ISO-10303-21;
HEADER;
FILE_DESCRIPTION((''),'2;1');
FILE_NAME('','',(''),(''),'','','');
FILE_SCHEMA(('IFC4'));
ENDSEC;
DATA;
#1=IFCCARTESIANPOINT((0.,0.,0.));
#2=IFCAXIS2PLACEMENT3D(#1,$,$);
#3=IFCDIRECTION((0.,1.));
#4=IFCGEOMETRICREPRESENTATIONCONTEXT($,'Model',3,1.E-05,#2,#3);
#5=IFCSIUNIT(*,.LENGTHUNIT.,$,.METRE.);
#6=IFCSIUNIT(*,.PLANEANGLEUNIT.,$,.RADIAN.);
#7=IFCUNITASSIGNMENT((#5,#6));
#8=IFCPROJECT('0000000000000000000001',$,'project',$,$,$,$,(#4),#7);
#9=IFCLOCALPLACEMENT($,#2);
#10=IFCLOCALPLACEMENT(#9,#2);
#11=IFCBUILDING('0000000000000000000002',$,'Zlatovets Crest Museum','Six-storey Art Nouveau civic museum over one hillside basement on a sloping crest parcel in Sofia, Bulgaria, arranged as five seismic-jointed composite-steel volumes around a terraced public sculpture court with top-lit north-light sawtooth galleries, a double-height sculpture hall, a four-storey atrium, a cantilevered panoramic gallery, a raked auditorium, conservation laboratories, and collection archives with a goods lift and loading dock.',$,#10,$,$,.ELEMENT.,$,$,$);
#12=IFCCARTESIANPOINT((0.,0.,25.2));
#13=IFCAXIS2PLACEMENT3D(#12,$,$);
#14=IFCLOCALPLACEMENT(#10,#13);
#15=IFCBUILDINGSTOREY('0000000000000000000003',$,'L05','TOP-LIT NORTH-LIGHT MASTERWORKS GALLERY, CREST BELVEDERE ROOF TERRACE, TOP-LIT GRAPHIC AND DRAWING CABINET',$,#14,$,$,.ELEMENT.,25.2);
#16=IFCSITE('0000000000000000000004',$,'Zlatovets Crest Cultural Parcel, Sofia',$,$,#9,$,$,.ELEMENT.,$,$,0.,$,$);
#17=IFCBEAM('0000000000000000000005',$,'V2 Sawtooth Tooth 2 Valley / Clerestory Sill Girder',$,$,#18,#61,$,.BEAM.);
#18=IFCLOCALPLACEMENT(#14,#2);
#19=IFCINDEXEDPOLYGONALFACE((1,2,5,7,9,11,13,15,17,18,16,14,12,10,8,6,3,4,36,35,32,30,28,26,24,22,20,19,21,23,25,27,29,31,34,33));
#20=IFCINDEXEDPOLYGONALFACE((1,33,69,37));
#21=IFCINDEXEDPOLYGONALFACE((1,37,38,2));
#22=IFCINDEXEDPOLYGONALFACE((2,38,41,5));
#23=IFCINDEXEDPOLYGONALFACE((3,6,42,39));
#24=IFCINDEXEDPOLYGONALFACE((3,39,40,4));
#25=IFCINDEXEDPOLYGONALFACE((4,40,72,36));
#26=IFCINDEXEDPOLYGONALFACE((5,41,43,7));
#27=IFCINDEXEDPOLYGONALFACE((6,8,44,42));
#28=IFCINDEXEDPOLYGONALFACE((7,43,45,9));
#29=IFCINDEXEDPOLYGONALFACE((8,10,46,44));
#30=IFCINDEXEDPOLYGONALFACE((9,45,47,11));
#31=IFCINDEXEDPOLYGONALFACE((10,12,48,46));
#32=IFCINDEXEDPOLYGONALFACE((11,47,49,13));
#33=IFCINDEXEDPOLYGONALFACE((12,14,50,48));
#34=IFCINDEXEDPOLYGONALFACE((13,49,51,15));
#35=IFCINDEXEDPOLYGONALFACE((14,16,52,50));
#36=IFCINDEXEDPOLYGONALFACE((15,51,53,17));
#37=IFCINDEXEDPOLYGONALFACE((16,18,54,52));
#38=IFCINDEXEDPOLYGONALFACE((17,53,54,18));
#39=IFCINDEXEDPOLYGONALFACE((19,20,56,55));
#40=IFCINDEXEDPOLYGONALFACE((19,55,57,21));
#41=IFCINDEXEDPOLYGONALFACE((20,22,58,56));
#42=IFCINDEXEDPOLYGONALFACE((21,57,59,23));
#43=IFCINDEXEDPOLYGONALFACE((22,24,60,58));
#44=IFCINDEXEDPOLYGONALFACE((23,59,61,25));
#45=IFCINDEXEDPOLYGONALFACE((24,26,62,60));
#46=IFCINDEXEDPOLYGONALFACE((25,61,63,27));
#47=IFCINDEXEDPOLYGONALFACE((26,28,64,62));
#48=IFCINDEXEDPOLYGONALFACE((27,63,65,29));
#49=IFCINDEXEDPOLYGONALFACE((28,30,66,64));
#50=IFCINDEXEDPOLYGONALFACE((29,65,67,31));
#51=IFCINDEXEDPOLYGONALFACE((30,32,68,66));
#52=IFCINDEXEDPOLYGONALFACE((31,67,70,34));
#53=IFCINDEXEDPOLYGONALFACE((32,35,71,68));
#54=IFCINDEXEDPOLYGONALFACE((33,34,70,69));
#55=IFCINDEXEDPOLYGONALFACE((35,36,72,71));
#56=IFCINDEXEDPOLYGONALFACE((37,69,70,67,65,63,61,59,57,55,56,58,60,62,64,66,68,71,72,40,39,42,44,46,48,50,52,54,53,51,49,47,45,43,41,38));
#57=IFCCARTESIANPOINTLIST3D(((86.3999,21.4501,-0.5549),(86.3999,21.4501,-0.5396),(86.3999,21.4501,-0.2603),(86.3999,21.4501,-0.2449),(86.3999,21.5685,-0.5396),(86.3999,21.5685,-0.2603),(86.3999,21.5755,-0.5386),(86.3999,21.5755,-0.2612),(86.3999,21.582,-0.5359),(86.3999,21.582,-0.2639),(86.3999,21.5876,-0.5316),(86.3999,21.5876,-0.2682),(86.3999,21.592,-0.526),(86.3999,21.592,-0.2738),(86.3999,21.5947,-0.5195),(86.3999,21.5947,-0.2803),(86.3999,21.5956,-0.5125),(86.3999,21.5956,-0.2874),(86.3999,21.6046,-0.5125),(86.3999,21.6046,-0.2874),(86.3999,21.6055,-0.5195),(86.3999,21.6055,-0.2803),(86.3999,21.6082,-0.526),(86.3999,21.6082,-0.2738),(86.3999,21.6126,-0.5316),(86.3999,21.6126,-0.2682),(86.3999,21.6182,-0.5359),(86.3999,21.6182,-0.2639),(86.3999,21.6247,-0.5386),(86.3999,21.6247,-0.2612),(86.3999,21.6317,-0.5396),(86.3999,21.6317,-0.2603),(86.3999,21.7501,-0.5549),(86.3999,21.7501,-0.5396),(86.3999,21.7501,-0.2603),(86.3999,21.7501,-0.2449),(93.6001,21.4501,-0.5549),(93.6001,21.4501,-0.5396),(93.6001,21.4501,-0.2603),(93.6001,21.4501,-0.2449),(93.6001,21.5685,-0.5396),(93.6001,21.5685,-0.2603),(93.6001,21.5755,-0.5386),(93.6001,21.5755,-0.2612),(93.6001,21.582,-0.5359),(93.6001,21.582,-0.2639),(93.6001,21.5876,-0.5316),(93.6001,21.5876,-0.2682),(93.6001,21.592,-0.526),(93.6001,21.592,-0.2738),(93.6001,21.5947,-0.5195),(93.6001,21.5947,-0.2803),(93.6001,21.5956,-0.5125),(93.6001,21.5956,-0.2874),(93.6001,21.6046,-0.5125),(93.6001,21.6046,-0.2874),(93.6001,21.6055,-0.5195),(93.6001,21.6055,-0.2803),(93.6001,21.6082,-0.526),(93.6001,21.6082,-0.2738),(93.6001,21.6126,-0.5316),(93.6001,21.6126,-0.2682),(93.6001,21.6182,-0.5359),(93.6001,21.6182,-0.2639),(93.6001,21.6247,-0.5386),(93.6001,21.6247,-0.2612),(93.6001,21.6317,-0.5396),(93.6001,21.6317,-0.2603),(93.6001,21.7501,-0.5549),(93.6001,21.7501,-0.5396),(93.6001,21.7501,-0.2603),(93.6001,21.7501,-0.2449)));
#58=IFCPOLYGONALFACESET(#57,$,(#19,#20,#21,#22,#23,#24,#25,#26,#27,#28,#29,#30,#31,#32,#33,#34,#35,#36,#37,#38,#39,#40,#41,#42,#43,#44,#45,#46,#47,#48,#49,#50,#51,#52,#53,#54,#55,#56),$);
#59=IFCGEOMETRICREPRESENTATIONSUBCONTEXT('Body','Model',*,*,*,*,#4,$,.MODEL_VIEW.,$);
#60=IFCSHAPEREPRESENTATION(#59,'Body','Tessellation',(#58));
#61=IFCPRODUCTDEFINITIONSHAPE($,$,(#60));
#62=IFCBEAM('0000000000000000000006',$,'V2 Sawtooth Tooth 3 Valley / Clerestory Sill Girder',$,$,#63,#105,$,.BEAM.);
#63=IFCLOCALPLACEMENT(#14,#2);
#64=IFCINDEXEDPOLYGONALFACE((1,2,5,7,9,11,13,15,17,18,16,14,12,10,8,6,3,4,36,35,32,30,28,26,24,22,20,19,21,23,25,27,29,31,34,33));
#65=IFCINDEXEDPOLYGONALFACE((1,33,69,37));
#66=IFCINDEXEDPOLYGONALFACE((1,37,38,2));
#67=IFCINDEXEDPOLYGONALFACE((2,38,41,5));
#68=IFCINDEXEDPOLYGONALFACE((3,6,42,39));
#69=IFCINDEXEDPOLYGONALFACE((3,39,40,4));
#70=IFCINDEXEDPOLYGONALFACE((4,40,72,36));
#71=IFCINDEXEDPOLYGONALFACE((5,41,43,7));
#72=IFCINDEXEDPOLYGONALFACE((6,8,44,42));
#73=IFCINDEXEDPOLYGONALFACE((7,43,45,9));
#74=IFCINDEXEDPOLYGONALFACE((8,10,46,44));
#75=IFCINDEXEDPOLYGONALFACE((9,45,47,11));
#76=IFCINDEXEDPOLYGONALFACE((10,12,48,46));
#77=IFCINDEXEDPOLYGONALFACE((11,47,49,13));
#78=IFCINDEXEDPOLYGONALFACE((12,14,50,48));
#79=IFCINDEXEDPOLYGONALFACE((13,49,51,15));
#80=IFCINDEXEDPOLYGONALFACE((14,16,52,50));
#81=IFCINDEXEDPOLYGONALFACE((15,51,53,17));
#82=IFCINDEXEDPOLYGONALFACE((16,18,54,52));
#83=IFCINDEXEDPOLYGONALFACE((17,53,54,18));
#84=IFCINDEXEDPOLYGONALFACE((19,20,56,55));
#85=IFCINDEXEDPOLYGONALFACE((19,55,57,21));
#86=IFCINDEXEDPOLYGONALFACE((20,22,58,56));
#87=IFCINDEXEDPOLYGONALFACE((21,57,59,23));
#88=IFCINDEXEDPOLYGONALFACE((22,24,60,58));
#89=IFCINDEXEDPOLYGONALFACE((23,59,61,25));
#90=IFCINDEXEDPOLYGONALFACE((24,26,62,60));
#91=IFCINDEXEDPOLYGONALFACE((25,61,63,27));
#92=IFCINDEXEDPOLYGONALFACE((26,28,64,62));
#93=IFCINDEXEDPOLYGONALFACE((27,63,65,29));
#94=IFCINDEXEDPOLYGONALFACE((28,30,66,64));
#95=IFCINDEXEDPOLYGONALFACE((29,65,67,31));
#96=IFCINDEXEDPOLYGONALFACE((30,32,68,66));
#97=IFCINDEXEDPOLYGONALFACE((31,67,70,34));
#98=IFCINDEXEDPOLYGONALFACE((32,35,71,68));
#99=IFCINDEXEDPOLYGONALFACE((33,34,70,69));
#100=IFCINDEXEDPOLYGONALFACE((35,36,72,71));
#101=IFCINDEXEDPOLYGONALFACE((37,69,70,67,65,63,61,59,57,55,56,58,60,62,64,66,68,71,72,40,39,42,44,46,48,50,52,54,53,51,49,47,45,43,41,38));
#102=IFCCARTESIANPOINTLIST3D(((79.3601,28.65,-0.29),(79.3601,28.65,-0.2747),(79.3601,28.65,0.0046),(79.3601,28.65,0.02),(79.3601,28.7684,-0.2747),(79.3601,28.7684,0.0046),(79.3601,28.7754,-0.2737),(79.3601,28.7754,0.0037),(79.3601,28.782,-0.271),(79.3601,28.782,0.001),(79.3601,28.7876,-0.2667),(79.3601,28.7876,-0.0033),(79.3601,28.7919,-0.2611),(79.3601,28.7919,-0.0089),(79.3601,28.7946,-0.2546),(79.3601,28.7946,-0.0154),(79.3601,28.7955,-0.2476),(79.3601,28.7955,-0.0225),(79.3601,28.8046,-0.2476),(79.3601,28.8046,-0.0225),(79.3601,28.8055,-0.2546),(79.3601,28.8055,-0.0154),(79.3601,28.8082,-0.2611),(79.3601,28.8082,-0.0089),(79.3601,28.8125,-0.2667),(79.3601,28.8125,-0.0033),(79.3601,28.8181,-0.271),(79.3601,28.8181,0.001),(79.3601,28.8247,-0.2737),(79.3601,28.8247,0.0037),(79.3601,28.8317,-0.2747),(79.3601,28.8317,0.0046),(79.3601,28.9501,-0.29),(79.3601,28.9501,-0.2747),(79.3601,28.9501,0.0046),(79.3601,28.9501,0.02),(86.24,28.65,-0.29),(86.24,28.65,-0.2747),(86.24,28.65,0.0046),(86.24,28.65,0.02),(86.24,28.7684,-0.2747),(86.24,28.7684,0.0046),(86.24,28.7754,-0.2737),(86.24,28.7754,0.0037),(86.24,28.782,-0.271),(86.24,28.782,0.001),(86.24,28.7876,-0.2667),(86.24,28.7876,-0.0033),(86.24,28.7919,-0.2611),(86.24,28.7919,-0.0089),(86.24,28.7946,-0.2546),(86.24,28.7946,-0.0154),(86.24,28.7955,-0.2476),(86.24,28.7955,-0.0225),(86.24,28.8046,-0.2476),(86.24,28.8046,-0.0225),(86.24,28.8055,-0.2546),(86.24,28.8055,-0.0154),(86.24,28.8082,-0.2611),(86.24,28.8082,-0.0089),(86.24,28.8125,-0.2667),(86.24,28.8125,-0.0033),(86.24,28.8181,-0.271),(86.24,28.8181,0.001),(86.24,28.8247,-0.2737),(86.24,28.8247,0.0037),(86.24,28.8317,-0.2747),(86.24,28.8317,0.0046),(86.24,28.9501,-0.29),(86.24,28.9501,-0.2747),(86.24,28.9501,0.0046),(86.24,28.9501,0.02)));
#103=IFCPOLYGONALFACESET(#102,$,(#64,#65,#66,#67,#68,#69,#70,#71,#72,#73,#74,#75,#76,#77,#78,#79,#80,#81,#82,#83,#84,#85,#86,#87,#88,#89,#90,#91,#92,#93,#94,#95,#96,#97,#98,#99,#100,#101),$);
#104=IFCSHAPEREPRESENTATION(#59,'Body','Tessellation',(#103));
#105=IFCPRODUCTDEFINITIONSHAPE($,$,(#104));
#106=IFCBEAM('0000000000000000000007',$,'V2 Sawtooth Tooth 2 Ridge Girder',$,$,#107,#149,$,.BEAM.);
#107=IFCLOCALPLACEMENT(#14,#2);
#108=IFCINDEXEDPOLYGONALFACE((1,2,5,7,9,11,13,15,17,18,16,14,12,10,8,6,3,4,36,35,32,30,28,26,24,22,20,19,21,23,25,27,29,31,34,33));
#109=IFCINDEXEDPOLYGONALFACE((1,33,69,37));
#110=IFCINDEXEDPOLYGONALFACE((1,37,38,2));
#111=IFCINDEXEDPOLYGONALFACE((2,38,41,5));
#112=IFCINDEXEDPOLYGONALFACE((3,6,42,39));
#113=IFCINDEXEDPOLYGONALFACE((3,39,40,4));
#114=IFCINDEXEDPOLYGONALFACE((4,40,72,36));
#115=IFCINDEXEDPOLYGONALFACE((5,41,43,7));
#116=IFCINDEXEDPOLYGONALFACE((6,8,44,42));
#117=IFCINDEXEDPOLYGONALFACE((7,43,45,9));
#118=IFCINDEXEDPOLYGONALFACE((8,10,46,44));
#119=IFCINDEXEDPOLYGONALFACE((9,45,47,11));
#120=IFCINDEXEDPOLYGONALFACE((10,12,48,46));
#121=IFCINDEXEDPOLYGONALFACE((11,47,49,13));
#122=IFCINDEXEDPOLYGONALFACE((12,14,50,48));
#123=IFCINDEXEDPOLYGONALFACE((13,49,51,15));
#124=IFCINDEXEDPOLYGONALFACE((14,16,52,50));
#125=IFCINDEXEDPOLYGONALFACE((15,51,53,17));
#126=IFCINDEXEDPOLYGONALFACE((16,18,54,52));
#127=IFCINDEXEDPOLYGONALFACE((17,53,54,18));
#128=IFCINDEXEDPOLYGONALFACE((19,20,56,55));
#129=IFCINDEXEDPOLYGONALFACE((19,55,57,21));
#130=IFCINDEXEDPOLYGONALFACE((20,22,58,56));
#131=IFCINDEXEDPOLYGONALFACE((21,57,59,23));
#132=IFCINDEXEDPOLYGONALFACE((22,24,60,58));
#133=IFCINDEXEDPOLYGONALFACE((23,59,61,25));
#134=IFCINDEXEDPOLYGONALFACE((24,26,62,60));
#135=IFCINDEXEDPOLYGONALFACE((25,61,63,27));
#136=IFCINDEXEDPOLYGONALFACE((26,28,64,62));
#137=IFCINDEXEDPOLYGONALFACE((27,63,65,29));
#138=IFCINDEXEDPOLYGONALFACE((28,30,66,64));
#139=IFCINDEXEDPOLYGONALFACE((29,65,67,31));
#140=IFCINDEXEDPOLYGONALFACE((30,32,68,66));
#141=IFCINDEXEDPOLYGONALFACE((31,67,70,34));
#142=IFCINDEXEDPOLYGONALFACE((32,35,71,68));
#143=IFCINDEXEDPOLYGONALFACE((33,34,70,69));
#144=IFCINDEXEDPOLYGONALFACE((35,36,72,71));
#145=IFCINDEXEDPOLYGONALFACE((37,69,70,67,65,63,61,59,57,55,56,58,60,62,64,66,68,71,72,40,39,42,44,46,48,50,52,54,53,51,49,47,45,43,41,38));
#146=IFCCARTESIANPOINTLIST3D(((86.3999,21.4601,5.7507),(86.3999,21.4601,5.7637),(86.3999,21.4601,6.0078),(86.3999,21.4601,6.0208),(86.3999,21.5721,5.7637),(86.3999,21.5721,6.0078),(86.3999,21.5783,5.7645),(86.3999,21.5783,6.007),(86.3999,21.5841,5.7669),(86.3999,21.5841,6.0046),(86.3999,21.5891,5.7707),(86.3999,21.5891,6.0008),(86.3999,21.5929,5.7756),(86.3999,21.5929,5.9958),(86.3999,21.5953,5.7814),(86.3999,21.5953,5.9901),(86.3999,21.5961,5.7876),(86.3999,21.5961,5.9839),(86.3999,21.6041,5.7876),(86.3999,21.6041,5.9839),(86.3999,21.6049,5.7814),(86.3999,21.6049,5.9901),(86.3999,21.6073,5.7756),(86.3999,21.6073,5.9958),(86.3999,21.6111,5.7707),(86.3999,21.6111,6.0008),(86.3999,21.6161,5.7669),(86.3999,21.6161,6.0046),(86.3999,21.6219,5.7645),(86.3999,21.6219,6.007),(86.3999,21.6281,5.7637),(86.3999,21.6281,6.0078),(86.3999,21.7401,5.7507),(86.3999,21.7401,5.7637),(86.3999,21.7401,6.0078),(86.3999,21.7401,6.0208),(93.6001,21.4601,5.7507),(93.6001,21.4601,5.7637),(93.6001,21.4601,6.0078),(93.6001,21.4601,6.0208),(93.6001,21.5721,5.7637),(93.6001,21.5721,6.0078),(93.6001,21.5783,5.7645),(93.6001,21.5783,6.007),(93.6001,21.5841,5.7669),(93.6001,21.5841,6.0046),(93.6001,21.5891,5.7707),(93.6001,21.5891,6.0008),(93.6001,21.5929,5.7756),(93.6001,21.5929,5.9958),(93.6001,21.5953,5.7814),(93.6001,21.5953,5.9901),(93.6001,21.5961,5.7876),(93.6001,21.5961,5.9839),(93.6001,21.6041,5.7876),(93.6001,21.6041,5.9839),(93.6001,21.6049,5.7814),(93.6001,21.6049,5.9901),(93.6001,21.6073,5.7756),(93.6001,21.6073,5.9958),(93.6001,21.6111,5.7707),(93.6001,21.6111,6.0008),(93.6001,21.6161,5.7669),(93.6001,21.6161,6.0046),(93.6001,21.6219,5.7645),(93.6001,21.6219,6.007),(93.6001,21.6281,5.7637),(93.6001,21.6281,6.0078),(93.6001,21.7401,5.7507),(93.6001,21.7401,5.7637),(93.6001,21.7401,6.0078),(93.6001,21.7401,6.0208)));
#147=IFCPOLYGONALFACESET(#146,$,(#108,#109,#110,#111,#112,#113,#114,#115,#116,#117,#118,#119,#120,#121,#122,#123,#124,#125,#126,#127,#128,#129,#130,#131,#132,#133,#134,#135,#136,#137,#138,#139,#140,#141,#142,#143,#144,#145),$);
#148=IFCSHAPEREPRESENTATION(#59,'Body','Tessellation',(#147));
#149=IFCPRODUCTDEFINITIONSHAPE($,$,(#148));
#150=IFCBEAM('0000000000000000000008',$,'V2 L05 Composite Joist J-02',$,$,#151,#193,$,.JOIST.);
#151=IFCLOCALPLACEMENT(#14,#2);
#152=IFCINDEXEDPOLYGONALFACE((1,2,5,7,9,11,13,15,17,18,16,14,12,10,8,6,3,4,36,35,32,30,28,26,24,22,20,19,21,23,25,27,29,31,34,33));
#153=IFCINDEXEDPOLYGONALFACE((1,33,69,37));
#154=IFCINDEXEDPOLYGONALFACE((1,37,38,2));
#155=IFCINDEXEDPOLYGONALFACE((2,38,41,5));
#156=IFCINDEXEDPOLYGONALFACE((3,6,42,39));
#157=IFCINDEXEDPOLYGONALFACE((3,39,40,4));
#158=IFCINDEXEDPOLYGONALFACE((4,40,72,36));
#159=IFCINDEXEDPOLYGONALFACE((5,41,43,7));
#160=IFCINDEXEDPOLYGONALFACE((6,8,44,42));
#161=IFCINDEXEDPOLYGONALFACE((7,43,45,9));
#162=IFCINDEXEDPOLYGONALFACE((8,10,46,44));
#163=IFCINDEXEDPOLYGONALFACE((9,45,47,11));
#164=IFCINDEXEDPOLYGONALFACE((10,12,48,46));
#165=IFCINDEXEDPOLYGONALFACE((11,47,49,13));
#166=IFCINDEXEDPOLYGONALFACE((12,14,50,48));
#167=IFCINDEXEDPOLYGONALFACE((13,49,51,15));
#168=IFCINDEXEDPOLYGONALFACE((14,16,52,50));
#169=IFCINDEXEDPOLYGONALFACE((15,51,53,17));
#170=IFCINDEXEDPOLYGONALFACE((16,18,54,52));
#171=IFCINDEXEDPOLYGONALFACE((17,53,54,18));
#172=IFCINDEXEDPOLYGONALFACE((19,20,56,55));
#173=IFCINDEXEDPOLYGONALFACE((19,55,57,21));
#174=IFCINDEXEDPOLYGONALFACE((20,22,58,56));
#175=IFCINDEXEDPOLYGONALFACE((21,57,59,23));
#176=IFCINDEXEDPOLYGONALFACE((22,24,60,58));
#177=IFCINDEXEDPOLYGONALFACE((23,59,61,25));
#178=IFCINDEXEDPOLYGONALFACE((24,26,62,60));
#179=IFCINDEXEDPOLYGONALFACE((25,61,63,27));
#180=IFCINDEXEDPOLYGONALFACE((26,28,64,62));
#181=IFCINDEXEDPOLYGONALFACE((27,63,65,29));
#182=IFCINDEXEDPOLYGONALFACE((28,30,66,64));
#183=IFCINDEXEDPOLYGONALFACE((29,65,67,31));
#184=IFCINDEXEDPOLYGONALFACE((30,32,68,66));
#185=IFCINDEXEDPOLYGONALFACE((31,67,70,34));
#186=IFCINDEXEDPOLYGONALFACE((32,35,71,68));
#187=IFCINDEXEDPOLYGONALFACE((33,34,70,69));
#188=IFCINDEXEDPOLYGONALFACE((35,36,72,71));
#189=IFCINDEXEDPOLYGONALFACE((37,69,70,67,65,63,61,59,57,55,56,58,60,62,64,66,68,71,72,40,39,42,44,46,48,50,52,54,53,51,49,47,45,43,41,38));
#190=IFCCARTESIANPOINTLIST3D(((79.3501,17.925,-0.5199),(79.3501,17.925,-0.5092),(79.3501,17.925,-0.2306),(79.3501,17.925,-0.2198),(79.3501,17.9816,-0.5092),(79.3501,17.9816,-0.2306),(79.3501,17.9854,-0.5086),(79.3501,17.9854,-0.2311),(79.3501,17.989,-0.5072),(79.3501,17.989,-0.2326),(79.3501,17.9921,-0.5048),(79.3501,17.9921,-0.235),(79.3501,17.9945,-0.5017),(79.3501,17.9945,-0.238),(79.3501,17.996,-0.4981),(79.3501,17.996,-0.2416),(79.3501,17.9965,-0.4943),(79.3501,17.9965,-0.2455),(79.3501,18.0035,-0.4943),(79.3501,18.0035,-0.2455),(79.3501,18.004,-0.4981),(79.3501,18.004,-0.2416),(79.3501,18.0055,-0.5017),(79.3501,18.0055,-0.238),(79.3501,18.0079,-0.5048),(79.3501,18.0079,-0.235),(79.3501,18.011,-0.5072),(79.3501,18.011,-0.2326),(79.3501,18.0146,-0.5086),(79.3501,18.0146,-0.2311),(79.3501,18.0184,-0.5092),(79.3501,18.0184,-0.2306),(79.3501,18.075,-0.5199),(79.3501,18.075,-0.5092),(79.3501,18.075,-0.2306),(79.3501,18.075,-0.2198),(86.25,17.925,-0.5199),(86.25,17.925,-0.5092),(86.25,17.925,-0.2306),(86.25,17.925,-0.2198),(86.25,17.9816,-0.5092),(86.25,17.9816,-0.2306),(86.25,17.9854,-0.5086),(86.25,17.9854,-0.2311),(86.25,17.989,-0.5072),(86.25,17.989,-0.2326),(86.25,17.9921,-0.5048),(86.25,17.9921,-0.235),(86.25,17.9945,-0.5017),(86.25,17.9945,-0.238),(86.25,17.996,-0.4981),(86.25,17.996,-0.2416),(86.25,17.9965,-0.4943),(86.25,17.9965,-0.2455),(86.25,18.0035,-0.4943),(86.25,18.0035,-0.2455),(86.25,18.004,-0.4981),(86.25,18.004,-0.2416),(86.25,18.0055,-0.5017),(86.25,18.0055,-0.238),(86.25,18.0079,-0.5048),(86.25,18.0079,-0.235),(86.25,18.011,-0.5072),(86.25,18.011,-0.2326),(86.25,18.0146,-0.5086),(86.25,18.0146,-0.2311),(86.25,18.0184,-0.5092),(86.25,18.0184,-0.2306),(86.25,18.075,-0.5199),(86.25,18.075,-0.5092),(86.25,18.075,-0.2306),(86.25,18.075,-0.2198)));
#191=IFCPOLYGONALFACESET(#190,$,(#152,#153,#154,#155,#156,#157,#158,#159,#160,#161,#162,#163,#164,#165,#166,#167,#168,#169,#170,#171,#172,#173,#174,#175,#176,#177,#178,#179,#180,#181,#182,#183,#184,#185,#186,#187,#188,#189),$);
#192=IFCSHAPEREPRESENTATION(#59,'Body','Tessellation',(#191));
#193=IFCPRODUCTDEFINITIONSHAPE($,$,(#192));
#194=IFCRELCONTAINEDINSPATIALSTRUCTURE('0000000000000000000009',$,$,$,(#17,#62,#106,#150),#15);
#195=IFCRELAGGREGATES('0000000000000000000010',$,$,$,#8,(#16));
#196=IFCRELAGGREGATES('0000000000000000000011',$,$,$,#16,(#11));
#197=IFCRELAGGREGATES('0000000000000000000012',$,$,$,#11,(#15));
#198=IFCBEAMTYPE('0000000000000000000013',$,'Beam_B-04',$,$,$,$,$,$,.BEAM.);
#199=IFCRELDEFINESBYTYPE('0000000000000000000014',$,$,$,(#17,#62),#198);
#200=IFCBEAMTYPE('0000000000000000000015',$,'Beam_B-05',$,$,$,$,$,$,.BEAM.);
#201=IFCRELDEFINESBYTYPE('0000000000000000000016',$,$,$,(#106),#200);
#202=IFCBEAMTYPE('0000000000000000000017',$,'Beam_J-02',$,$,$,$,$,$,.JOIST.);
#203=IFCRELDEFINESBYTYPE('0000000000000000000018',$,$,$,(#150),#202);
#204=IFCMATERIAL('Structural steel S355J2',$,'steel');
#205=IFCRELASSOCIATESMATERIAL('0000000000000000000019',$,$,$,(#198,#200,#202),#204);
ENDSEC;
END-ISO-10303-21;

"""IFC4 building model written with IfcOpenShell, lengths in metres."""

from ifc_helpers import new_model, si_unit, direction, frame, origin, origin_2d, place, context, subcontext, project, spatial, i_section, extrude, material, material_profile, profile_set, type_object, element, save


model = new_model("IFC4")

# Units and contexts
model_context = context("Model", 3, precision=1e-05, world=origin(), true_north=direction((0.0, 1.0)))
body_context = subcontext(model_context, "Body", "Model", "MODEL_VIEW")
ifc_project = project(units=[si_unit("LENGTHUNIT", "METRE"), si_unit("PLANEANGLEUNIT", "RADIAN")], contexts=[model_context])

# Site, building, storey
site_placement = place(None, origin())
site = spatial("IfcSite", under=ifc_project, at=site_placement, Name="Zlatovets Crest Cultural Parcel, Sofia", CompositionType="ELEMENT", RefElevation=0.0)
building_placement = place(site_placement, origin())
building = spatial("IfcBuilding", under=site, at=building_placement, Name="Zlatovets Crest Museum", Description="Six-storey Art Nouveau civic museum over one hillside basement on a sloping crest parcel in Sofia, Bulgaria, arranged as five seismic-jointed composite-steel volumes around a terraced public sculpture court with top-lit north-light sawtooth galleries, a double-height sculpture hall, a four-storey atrium, a cantilevered panoramic gallery, a raked auditorium, conservation laboratories, and collection archives with a goods lift and loading dock.", CompositionType="ELEMENT")
storey_placement = place(building_placement, frame((0.0, 0.0, 25.2)))
storey = spatial("IfcBuildingStorey", under=building, at=storey_placement, Name="L05", Description="TOP-LIT NORTH-LIGHT MASTERWORKS GALLERY, CREST BELVEDERE ROOF TERRACE, TOP-LIT GRAPHIC AND DRAWING CABINET", CompositionType="ELEMENT", Elevation=25.2)

# Beams
ifc_material_1 = material(Name="Structural steel S355J2", Category="steel")
ifc_material_profile_1 = material_profile(ifc_material_1, i_section(OverallWidth=0.3, OverallDepth=0.3101, WebThickness=0.009, FlangeThickness=0.0154, FilletRadius=0.0271, at=origin_2d()), Name="HEA 320")
ifc_profile_set_1 = profile_set([ifc_material_profile_1], Name="Structural steel S355J2")
beam_type_1 = type_object("IfcBeamType", Name="Beam_B-04", PredefinedType="BEAM", material=ifc_profile_set_1)
beam_1_placement = place(storey_placement, frame((86.3999, 21.6001, -0.3999), z_axis=(1.0, 0.0, 0.0), x_axis=(0.0, 1.0, 0.0)))
element("IfcBeam", 1, at=beam_1_placement, inside=storey, type_object=beam_type_1, Name="V2 Sawtooth Tooth 2 Valley / Clerestory Sill Girder", PredefinedType="BEAM", context=body_context, shape_type="SweptSolid", body=[
    extrude(i_section(OverallWidth=0.3, OverallDepth=0.3101, WebThickness=0.009, FlangeThickness=0.0154, FilletRadius=0.0271, at=origin_2d()), origin(), (0.0, 0.0, 1.0), 7.2002),
])
beam_2_placement = place(storey_placement, frame((79.3601, 28.8, -0.135), z_axis=(1.0, 0.0, 0.0), x_axis=(0.0, 1.0, 0.0)))
element("IfcBeam", 2, at=beam_2_placement, inside=storey, type_object=beam_type_1, Name="V2 Sawtooth Tooth 3 Valley / Clerestory Sill Girder", PredefinedType="BEAM", context=body_context, shape_type="SweptSolid", body=[
    extrude(i_section(OverallWidth=0.3, OverallDepth=0.3101, WebThickness=0.009, FlangeThickness=0.0154, FilletRadius=0.0271, at=origin_2d()), origin(), (0.0, 0.0, 1.0), 6.8799),
])
ifc_material_profile_2 = material_profile(ifc_material_1, i_section(OverallWidth=0.28, OverallDepth=0.27, WebThickness=0.0081, FlangeThickness=0.0129, FilletRadius=0.0239, at=origin_2d()), Name="HEA 280")
ifc_profile_set_2 = profile_set([ifc_material_profile_2], Name="Structural steel S355J2")
beam_type_2 = type_object("IfcBeamType", Name="Beam_B-05", PredefinedType="BEAM", material=ifc_profile_set_2)
beam_3_placement = place(storey_placement, frame((86.3999, 21.6001, 5.8857), z_axis=(1.0, 0.0, 0.0), x_axis=(0.0, 1.0, 0.0)))
element("IfcBeam", 3, at=beam_3_placement, inside=storey, type_object=beam_type_2, Name="V2 Sawtooth Tooth 2 Ridge Girder", PredefinedType="BEAM", context=body_context, shape_type="SweptSolid", body=[
    extrude(i_section(OverallWidth=0.28, OverallDepth=0.27, WebThickness=0.0081, FlangeThickness=0.0129, FilletRadius=0.0239, at=origin_2d()), origin(), (0.0, 0.0, 1.0), 7.2002),
])
ifc_material_profile_3 = material_profile(ifc_material_1, i_section(OverallWidth=0.1499, OverallDepth=0.3, WebThickness=0.0071, FlangeThickness=0.0107, FilletRadius=0.0149, at=origin_2d()), Name="IPE 300")
ifc_profile_set_3 = profile_set([ifc_material_profile_3], Name="Structural steel S355J2")
beam_type_3 = type_object("IfcBeamType", Name="Beam_J-02", PredefinedType="JOIST", material=ifc_profile_set_3)
for number, where, z_axis, x_axis, name in (
    (4, (79.3501, 18.0, -0.3699), (1.0, 0.0, 0.0), (0.0, 1.0, 0.0), "V2 L05 Composite Joist J-02"),
):
    element("IfcBeam", number, at=place(storey_placement, frame(where, z_axis=z_axis, x_axis=x_axis)), inside=storey, type_object=beam_type_3, Name=name, PredefinedType="JOIST", context=body_context, shape_type="SweptSolid", body=[
        extrude(i_section(OverallWidth=0.1499, OverallDepth=0.3, WebThickness=0.0071, FlangeThickness=0.0107, FilletRadius=0.0149, at=origin_2d()), origin(), (0.0, 0.0, 1.0), 6.8999),
    ])

save(model, "model.ifc")
